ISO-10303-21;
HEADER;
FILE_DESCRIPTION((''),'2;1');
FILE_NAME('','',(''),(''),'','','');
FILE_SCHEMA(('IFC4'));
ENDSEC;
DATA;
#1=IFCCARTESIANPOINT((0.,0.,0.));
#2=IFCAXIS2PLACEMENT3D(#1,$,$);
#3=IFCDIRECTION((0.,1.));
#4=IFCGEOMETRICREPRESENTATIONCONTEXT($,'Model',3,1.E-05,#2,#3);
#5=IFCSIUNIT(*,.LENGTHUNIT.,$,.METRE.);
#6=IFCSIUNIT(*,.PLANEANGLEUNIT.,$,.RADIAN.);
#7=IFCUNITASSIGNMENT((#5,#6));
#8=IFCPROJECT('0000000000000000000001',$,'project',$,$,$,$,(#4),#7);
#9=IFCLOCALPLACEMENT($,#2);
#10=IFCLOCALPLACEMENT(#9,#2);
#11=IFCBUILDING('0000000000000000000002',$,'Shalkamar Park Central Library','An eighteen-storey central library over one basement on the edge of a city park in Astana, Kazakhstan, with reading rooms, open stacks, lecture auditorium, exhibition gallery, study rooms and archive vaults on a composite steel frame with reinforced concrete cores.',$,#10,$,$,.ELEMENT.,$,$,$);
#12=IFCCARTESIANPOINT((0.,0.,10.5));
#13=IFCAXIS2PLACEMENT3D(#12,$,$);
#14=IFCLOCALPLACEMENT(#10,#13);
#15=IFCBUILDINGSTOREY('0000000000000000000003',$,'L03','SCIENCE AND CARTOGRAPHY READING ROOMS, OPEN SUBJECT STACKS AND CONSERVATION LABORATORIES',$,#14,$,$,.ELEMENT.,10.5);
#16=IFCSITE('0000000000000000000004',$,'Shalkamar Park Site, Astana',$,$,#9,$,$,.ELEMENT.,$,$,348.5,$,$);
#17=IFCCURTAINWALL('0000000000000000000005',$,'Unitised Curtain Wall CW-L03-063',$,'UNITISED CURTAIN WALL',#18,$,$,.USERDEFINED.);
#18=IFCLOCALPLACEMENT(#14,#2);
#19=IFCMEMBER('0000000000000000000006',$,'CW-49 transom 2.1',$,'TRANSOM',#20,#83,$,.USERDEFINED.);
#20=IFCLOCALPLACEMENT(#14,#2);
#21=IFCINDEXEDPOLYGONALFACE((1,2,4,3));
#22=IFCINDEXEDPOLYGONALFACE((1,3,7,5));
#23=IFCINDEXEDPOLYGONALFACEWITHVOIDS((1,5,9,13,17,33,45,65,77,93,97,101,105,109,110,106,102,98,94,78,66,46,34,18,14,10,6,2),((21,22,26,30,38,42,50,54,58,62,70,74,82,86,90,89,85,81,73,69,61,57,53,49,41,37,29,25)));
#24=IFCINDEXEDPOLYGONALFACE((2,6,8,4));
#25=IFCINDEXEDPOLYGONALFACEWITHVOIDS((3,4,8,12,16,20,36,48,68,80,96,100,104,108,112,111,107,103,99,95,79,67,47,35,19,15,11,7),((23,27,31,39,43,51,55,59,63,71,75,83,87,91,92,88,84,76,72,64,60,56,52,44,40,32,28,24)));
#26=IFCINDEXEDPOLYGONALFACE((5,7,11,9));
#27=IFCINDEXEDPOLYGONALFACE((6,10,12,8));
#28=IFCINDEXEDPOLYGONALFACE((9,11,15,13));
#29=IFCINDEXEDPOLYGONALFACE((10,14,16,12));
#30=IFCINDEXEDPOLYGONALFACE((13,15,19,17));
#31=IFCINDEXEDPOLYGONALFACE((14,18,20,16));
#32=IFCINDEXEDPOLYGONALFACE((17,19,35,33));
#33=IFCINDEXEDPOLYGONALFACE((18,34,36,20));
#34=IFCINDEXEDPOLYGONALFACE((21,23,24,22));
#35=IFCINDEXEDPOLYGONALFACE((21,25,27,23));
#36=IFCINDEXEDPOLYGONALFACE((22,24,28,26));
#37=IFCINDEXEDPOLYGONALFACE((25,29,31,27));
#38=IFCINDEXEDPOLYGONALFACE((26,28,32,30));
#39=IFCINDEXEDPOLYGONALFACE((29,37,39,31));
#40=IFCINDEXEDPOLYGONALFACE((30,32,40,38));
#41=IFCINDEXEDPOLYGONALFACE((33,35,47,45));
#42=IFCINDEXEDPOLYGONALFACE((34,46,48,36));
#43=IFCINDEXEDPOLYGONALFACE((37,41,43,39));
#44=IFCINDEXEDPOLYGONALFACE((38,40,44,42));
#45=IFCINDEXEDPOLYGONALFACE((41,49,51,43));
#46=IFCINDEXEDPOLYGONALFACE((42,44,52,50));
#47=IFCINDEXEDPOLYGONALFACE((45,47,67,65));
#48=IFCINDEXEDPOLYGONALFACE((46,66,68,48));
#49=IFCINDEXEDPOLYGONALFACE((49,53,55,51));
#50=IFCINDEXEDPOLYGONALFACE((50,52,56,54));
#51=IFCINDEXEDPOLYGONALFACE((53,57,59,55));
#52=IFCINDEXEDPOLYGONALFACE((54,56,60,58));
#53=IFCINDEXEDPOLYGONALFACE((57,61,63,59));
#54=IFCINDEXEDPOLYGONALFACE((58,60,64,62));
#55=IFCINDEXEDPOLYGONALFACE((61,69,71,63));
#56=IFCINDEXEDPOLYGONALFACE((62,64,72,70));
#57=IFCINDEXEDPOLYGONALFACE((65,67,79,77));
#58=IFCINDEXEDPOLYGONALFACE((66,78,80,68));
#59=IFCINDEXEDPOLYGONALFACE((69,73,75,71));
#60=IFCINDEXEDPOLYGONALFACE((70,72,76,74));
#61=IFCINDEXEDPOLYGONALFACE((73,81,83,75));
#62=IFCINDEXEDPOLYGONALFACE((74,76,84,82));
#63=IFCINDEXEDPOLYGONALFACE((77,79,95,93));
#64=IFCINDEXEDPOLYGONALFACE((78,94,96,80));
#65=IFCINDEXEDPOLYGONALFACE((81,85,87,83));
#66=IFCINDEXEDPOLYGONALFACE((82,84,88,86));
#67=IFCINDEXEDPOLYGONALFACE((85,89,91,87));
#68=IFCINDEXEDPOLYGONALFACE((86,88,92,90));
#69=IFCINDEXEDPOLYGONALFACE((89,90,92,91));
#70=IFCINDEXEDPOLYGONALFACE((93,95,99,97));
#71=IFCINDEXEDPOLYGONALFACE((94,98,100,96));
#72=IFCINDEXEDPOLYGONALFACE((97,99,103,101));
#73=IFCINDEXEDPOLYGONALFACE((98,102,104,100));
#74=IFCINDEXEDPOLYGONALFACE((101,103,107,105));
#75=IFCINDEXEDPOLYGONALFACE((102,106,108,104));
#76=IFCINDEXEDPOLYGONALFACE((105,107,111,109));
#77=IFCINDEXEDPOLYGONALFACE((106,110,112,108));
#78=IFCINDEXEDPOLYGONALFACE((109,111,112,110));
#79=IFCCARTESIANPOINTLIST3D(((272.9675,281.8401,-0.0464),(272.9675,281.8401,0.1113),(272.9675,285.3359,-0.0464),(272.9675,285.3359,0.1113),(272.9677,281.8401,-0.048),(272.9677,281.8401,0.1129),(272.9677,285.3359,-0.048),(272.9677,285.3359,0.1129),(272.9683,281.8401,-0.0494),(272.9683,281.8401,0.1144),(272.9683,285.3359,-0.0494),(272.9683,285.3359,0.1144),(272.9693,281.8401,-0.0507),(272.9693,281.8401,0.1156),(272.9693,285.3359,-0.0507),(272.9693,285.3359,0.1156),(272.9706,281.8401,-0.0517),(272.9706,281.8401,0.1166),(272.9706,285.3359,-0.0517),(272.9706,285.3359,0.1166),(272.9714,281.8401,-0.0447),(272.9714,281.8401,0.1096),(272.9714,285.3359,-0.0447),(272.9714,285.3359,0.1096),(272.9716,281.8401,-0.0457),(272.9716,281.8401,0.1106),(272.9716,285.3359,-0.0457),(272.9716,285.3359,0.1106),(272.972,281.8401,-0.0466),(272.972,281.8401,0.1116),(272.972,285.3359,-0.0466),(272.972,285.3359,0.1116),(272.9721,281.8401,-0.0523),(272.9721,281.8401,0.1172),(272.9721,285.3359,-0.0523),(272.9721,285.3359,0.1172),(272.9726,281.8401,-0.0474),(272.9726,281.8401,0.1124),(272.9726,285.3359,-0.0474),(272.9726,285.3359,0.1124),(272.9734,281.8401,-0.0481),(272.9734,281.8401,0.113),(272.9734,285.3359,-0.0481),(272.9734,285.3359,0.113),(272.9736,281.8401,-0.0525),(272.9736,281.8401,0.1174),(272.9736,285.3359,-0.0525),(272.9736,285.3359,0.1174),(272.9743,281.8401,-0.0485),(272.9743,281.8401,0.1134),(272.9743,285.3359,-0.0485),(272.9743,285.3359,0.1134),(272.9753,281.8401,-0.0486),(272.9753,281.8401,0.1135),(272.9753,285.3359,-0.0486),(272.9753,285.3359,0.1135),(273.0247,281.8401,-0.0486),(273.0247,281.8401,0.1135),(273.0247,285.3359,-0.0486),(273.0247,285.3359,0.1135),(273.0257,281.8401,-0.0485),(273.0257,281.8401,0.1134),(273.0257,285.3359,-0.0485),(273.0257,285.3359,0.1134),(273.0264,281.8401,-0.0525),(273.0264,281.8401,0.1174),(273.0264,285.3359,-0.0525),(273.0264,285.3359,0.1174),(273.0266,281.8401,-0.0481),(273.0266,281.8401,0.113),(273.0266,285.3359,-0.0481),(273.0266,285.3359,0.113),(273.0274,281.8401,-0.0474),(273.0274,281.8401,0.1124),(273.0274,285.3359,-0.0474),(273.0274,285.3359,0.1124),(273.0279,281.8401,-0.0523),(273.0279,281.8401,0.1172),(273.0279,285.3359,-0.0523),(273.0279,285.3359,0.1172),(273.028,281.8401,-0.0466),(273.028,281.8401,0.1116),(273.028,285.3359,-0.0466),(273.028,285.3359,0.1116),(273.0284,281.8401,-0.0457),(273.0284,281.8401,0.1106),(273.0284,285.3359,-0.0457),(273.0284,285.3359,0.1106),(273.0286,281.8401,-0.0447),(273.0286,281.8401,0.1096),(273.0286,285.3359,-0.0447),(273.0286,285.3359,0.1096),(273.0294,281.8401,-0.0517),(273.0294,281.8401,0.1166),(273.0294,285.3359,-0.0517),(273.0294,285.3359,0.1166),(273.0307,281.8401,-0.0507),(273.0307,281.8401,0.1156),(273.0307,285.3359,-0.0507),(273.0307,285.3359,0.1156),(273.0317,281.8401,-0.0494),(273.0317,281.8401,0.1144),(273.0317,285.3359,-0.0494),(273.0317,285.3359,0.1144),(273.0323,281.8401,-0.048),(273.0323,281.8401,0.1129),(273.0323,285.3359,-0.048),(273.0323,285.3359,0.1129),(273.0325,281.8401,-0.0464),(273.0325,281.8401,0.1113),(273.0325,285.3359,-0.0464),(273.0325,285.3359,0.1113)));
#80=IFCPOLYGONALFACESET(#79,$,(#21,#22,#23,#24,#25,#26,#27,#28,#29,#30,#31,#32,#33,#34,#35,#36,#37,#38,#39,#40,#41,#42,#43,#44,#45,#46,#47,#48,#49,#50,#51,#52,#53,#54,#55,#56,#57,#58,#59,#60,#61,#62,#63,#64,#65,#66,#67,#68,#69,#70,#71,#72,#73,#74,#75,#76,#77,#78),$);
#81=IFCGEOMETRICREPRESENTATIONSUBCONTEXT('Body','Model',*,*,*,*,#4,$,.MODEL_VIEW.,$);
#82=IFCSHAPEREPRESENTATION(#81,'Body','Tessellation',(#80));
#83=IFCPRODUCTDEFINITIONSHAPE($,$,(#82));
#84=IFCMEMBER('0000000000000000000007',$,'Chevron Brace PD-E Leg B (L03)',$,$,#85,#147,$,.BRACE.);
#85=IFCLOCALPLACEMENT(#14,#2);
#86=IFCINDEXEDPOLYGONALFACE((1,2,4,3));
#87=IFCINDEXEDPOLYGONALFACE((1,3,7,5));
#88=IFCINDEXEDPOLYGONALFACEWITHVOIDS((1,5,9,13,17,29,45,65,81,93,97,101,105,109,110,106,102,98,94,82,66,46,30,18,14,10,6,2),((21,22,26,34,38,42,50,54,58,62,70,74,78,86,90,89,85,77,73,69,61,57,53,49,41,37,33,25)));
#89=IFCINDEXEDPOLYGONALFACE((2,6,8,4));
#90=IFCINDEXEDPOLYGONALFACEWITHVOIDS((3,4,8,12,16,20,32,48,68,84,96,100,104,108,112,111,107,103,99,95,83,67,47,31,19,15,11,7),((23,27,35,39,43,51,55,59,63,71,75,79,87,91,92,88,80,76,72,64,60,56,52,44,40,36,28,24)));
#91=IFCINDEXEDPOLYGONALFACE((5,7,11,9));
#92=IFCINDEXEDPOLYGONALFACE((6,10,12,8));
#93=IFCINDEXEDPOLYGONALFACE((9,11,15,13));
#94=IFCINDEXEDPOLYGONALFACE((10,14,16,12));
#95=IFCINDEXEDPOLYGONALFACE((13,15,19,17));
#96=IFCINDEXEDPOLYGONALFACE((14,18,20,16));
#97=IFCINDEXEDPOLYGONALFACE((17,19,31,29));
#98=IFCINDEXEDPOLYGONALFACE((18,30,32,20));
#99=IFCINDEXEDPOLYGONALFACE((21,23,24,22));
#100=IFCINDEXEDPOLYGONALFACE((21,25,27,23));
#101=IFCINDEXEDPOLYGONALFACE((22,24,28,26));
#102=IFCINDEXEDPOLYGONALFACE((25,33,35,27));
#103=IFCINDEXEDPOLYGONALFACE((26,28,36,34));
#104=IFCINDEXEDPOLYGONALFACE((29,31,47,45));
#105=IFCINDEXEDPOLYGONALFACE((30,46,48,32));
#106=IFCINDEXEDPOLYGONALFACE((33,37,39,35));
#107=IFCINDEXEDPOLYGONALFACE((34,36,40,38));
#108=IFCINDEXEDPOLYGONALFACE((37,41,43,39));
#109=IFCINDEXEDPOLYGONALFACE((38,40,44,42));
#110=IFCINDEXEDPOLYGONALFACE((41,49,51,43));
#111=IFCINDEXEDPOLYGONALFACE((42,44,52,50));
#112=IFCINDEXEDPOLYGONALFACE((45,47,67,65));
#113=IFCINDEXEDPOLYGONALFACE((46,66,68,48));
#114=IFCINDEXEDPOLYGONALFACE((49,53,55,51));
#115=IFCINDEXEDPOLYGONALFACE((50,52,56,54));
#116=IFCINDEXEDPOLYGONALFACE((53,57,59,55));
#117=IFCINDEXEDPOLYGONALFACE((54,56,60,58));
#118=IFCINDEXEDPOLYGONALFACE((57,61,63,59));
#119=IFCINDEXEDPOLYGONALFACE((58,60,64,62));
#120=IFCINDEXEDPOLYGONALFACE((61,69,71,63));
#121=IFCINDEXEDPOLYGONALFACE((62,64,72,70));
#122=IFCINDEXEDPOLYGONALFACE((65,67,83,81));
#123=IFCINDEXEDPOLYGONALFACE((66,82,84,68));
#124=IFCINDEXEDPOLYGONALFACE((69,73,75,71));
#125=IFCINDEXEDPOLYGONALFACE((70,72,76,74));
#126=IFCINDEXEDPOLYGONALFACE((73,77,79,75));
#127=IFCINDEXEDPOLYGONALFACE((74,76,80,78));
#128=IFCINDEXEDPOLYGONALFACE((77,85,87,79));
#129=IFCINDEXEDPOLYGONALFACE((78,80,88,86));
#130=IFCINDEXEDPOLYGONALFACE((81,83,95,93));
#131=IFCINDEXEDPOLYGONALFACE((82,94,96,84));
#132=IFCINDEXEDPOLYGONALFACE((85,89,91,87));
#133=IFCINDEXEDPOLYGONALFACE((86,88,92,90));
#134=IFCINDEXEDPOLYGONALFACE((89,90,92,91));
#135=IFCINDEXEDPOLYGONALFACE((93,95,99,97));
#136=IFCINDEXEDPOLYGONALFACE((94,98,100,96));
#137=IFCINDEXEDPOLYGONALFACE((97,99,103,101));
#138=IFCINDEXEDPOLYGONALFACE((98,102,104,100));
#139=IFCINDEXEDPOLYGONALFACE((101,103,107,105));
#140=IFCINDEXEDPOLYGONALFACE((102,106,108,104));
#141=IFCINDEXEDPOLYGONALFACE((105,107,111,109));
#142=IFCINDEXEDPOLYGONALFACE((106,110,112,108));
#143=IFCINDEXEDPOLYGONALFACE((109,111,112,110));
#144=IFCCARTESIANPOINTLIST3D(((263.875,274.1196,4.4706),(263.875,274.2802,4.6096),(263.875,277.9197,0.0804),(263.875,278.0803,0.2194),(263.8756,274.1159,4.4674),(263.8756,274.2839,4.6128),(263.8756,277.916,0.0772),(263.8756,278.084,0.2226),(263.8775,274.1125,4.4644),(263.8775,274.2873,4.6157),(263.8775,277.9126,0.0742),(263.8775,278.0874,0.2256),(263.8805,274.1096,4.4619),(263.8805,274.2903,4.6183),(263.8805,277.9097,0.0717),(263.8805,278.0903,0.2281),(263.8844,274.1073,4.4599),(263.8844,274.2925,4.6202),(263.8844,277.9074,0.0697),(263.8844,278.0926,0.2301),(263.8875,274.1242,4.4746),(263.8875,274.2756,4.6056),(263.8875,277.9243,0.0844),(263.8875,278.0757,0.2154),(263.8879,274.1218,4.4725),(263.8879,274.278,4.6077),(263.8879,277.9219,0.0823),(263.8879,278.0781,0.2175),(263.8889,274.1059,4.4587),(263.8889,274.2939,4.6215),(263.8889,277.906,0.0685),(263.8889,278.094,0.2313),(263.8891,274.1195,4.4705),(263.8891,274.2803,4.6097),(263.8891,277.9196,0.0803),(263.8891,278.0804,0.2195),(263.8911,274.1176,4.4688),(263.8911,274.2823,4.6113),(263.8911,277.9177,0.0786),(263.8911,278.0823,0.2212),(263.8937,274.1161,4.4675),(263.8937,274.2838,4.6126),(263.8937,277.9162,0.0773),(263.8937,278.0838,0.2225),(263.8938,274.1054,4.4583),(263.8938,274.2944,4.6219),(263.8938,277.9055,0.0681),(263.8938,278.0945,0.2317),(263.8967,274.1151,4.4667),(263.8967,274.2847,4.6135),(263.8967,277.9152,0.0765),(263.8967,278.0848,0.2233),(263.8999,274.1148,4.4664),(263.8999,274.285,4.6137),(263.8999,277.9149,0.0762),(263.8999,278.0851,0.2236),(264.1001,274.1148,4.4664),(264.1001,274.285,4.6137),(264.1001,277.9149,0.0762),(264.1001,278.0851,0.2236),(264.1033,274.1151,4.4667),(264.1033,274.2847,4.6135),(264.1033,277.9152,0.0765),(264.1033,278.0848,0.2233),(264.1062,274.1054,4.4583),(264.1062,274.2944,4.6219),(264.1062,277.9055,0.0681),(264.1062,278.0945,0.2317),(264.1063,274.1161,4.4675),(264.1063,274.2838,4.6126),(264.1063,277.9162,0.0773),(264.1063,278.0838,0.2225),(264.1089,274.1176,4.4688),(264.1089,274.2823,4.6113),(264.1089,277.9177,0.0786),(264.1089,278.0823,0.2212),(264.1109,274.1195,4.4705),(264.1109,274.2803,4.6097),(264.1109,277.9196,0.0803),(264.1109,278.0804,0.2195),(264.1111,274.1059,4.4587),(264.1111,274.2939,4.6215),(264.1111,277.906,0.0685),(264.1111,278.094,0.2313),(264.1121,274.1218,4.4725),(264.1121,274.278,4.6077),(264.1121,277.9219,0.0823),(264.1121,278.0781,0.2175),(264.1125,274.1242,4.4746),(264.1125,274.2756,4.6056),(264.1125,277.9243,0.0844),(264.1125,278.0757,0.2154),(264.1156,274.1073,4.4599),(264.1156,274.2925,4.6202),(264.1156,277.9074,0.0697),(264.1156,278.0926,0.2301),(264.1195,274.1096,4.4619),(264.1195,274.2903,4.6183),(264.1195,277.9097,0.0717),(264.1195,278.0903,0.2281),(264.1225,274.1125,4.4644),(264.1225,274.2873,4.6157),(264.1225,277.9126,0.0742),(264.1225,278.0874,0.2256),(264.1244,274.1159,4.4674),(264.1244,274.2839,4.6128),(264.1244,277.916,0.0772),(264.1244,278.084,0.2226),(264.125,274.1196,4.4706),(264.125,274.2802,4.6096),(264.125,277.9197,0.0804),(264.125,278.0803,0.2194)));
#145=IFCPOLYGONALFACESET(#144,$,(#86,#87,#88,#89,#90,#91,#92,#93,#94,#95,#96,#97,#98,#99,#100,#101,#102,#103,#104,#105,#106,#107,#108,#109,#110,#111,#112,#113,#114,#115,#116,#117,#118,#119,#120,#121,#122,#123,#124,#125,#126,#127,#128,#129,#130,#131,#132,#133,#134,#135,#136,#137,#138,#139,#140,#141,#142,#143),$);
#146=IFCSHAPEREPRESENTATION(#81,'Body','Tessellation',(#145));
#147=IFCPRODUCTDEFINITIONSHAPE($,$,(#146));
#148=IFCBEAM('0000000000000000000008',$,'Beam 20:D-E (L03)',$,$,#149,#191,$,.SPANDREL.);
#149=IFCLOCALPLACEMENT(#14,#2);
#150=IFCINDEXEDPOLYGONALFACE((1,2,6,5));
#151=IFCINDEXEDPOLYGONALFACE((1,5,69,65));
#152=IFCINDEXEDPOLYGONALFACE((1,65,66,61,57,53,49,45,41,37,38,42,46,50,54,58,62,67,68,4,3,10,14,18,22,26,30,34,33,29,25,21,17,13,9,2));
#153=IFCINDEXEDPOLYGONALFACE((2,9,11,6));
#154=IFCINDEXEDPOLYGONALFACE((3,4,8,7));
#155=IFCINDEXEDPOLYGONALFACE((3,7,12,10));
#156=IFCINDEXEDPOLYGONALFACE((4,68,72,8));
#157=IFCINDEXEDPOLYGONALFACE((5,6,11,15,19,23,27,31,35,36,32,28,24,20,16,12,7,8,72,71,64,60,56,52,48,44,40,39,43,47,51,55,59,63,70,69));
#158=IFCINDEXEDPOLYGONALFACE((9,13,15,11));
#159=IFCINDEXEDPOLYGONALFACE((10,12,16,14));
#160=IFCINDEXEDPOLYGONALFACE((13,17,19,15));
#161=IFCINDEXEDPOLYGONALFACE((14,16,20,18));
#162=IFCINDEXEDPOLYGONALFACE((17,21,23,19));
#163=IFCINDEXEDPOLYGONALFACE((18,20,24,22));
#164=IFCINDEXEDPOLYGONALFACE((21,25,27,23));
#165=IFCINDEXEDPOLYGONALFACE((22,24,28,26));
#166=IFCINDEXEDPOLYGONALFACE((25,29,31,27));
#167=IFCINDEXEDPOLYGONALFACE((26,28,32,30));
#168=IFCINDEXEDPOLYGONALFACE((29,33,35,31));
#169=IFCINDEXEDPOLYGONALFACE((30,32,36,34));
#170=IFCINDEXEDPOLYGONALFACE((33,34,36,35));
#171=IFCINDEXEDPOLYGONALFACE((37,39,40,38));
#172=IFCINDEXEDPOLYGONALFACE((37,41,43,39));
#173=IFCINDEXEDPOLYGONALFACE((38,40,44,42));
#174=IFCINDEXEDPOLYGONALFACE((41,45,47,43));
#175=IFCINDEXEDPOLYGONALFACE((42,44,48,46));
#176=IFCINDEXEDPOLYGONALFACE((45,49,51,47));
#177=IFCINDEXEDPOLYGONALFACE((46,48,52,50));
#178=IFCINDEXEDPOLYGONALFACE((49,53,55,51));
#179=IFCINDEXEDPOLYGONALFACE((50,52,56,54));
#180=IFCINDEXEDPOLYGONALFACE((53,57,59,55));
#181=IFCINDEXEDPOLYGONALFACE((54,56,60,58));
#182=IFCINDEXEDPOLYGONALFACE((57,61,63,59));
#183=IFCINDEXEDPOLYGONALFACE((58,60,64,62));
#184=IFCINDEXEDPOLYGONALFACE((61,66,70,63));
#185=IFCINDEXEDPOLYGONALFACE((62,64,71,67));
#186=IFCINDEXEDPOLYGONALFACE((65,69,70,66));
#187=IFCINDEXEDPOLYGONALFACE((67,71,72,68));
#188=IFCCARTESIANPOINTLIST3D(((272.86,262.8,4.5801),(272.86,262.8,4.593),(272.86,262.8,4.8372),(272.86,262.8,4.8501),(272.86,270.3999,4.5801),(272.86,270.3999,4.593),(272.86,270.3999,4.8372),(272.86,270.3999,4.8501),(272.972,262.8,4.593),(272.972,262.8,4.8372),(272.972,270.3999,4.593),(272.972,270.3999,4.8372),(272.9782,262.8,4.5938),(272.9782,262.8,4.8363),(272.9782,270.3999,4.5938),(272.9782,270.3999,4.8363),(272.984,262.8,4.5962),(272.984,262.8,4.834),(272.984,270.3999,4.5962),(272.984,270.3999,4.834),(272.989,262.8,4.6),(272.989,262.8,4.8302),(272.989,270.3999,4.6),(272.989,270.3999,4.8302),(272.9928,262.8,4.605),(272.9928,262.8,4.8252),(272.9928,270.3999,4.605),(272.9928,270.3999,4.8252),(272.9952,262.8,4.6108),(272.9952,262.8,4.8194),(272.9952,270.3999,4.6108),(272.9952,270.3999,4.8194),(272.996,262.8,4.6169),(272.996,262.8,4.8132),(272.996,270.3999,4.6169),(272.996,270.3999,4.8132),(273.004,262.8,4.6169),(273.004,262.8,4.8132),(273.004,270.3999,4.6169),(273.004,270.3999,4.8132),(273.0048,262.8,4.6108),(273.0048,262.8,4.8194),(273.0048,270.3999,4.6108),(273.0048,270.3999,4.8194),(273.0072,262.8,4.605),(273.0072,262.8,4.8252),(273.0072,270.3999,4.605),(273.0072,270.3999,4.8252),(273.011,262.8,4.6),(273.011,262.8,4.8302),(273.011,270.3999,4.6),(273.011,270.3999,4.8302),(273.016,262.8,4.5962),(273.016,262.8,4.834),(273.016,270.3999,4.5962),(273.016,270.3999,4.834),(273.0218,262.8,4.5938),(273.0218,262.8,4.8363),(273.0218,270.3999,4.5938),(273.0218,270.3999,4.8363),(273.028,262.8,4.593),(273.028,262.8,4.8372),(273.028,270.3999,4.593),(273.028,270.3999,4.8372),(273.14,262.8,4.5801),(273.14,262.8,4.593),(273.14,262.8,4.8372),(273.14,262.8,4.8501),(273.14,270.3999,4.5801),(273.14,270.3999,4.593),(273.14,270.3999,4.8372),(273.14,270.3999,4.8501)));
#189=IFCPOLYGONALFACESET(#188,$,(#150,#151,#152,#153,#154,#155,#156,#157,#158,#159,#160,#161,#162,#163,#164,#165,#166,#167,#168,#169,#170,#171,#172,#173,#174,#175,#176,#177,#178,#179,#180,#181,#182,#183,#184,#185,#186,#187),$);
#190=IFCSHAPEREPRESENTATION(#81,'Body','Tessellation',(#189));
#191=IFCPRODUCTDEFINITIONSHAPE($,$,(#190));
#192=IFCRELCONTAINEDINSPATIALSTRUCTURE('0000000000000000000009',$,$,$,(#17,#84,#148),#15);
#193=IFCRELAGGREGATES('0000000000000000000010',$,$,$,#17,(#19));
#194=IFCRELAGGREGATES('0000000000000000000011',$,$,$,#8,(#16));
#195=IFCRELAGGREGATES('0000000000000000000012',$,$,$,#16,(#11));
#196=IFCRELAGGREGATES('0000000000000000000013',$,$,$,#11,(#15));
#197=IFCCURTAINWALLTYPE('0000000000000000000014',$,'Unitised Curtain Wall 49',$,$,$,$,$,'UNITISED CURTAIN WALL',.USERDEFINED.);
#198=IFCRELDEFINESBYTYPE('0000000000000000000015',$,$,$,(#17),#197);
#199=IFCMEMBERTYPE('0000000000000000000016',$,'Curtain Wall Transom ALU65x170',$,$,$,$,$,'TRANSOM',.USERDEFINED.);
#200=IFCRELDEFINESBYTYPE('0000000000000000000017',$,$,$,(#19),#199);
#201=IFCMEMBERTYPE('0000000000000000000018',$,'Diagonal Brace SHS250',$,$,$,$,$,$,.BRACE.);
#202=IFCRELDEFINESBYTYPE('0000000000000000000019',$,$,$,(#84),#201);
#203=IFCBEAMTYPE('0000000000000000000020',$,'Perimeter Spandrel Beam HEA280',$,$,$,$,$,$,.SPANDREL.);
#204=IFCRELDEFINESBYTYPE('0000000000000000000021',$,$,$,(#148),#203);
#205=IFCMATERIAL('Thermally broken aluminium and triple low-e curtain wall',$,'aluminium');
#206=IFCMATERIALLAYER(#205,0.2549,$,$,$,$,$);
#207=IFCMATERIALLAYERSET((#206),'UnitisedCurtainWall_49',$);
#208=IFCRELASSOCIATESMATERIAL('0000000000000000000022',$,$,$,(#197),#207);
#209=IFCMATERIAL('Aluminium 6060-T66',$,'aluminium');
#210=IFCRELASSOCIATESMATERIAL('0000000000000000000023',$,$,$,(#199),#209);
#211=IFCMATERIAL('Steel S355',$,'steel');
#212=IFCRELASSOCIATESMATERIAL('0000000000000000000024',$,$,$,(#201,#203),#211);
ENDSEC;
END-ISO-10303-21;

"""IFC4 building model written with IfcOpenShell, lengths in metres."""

from ifc_helpers import new_model, si_unit, direction, frame, origin, origin_2d, place, context, subcontext, project, spatial, hollow_rectangle, i_section, extrude, material, layer, layer_set, material_profile, profile_set, type_object, element, aggregate, save


model = new_model("IFC4")

# Units and contexts
model_context = context("Model", 3, precision=1e-05, world=origin(), true_north=direction((0.0, 1.0)))
body_context = subcontext(model_context, "Body", "Model", "MODEL_VIEW")
ifc_project = project(units=[si_unit("LENGTHUNIT", "METRE"), si_unit("PLANEANGLEUNIT", "RADIAN")], contexts=[model_context])

# Site, building, storey
site_placement = place(None, origin())
site = spatial("IfcSite", under=ifc_project, at=site_placement, Name="Shalkamar Park Site, Astana", CompositionType="ELEMENT", RefElevation=348.5)
building_placement = place(site_placement, origin())
building = spatial("IfcBuilding", under=site, at=building_placement, Name="Shalkamar Park Central Library", Description="An eighteen-storey central library over one basement on the edge of a city park in Astana, Kazakhstan, with reading rooms, open stacks, lecture auditorium, exhibition gallery, study rooms and archive vaults on a composite steel frame with reinforced concrete cores.", CompositionType="ELEMENT")
storey_placement = place(building_placement, frame((0.0, 0.0, 10.5)))
storey = spatial("IfcBuildingStorey", under=building, at=storey_placement, Name="L03", Description="SCIENCE AND CARTOGRAPHY READING ROOMS, OPEN SUBJECT STACKS AND CONSERVATION LABORATORIES", CompositionType="ELEMENT", Elevation=10.5)

# Shared definitions
ifc_material_1 = material(Name="Steel S355", Category="steel")

# Curtain wall, member
ifc_material_2 = material(Name="Thermally broken aluminium and triple low-e curtain wall", Category="aluminium")
ifc_layer_1 = layer(ifc_material_2, 0.2549)
ifc_layer_set_1 = layer_set([ifc_layer_1], Name="UnitisedCurtainWall_49")
curtain_wall_type = type_object("IfcCurtainWallType", Name="Unitised Curtain Wall 49", ElementType="UNITISED CURTAIN WALL", PredefinedType="USERDEFINED", material=ifc_layer_set_1)
curtain_wall_placement = place(storey_placement, origin())
curtain_wall = element("IfcCurtainWall", 1, at=curtain_wall_placement, inside=storey, type_object=curtain_wall_type, Name="Unitised Curtain Wall CW-L03-063", ObjectType="UNITISED CURTAIN WALL", PredefinedType="USERDEFINED")
ifc_material_3 = material(Name="Aluminium 6060-T66", Category="aluminium")
ifc_material_profile_1 = material_profile(ifc_material_3, hollow_rectangle(XDim=0.0649, YDim=0.1699, WallThickness=0.0039, InnerFilletRadius=0.0039, OuterFilletRadius=0.0061, at=origin_2d()), Name="ALU 65x170x4")
ifc_profile_set_1 = profile_set([ifc_material_profile_1], Name="Aluminium 6060-T66")
member_type_1 = type_object("IfcMemberType", Name="Curtain Wall Transom ALU65x170", ElementType="TRANSOM", PredefinedType="USERDEFINED", material=ifc_profile_set_1)
member_1_placement = place(storey_placement, frame((273.0, 281.8401, 0.0325), z_axis=(0.0, 1.0, 0.0), x_axis=(-1.0, 0.0, 0.0)))
member_1 = element("IfcMember", 2, at=member_1_placement, type_object=member_type_1, Name="CW-49 transom 2.1", ObjectType="TRANSOM", PredefinedType="USERDEFINED", context=body_context, shape_type="SweptSolid", body=[
    extrude(hollow_rectangle(XDim=0.0649, YDim=0.1699, WallThickness=0.0039, InnerFilletRadius=0.0039, OuterFilletRadius=0.0061, at=origin_2d()), origin(), (0.0, 0.0, 1.0), 3.4958),
])

# Member
ifc_material_profile_2 = material_profile(ifc_material_1, hollow_rectangle(XDim=0.25, YDim=0.25, WallThickness=0.0125, InnerFilletRadius=0.0125, OuterFilletRadius=0.0188, at=origin_2d()), Name="SHS 250x250x12.5")
ifc_profile_set_2 = profile_set([ifc_material_profile_2], Name="Steel S355")
member_type_2 = type_object("IfcMemberType", Name="Diagonal Brace SHS250", PredefinedType="BRACE", material=ifc_profile_set_2)
member_2_placement = place(storey_placement, frame((264.0, 278.0, 0.1499), z_axis=(0.0, -0.654465, 0.756093), x_axis=(1.0, 0.0, 0.0)))
element("IfcMember", 3, at=member_2_placement, inside=storey, type_object=member_type_2, Name="Chevron Brace PD-E Leg B (L03)", PredefinedType="BRACE", context=body_context, shape_type="SweptSolid", body=[
    extrude(hollow_rectangle(XDim=0.25, YDim=0.25, WallThickness=0.0125, InnerFilletRadius=0.0125, OuterFilletRadius=0.0188, at=origin_2d()), origin(), (0.0, 0.0, 1.0), 5.8064),
])

# Beam
ifc_material_profile_3 = material_profile(ifc_material_1, i_section(OverallWidth=0.28, OverallDepth=0.27, WebThickness=0.0081, FlangeThickness=0.0129, FilletRadius=0.0239, at=origin_2d()), Name="HEA 280")
ifc_profile_set_3 = profile_set([ifc_material_profile_3], Name="Steel S355")
beam_type_1 = type_object("IfcBeamType", Name="Perimeter Spandrel Beam HEA280", PredefinedType="SPANDREL", material=ifc_profile_set_3)
beam_1_placement = place(storey_placement, frame((273.0, 262.8, 4.7151), z_axis=(0.0, 1.0, 0.0), x_axis=(-1.0, 0.0, 0.0)))
element("IfcBeam", 4, at=beam_1_placement, inside=storey, type_object=beam_type_1, Name="Beam 20:D-E (L03)", PredefinedType="SPANDREL", context=body_context, shape_type="SweptSolid", body=[
    extrude(i_section(OverallWidth=0.28, OverallDepth=0.27, WebThickness=0.0081, FlangeThickness=0.0129, FilletRadius=0.0239, at=origin_2d()), origin(), (0.0, 0.0, 1.0), 7.5999),
])

aggregate(curtain_wall, [member_1])

save(model, "model.ifc")
